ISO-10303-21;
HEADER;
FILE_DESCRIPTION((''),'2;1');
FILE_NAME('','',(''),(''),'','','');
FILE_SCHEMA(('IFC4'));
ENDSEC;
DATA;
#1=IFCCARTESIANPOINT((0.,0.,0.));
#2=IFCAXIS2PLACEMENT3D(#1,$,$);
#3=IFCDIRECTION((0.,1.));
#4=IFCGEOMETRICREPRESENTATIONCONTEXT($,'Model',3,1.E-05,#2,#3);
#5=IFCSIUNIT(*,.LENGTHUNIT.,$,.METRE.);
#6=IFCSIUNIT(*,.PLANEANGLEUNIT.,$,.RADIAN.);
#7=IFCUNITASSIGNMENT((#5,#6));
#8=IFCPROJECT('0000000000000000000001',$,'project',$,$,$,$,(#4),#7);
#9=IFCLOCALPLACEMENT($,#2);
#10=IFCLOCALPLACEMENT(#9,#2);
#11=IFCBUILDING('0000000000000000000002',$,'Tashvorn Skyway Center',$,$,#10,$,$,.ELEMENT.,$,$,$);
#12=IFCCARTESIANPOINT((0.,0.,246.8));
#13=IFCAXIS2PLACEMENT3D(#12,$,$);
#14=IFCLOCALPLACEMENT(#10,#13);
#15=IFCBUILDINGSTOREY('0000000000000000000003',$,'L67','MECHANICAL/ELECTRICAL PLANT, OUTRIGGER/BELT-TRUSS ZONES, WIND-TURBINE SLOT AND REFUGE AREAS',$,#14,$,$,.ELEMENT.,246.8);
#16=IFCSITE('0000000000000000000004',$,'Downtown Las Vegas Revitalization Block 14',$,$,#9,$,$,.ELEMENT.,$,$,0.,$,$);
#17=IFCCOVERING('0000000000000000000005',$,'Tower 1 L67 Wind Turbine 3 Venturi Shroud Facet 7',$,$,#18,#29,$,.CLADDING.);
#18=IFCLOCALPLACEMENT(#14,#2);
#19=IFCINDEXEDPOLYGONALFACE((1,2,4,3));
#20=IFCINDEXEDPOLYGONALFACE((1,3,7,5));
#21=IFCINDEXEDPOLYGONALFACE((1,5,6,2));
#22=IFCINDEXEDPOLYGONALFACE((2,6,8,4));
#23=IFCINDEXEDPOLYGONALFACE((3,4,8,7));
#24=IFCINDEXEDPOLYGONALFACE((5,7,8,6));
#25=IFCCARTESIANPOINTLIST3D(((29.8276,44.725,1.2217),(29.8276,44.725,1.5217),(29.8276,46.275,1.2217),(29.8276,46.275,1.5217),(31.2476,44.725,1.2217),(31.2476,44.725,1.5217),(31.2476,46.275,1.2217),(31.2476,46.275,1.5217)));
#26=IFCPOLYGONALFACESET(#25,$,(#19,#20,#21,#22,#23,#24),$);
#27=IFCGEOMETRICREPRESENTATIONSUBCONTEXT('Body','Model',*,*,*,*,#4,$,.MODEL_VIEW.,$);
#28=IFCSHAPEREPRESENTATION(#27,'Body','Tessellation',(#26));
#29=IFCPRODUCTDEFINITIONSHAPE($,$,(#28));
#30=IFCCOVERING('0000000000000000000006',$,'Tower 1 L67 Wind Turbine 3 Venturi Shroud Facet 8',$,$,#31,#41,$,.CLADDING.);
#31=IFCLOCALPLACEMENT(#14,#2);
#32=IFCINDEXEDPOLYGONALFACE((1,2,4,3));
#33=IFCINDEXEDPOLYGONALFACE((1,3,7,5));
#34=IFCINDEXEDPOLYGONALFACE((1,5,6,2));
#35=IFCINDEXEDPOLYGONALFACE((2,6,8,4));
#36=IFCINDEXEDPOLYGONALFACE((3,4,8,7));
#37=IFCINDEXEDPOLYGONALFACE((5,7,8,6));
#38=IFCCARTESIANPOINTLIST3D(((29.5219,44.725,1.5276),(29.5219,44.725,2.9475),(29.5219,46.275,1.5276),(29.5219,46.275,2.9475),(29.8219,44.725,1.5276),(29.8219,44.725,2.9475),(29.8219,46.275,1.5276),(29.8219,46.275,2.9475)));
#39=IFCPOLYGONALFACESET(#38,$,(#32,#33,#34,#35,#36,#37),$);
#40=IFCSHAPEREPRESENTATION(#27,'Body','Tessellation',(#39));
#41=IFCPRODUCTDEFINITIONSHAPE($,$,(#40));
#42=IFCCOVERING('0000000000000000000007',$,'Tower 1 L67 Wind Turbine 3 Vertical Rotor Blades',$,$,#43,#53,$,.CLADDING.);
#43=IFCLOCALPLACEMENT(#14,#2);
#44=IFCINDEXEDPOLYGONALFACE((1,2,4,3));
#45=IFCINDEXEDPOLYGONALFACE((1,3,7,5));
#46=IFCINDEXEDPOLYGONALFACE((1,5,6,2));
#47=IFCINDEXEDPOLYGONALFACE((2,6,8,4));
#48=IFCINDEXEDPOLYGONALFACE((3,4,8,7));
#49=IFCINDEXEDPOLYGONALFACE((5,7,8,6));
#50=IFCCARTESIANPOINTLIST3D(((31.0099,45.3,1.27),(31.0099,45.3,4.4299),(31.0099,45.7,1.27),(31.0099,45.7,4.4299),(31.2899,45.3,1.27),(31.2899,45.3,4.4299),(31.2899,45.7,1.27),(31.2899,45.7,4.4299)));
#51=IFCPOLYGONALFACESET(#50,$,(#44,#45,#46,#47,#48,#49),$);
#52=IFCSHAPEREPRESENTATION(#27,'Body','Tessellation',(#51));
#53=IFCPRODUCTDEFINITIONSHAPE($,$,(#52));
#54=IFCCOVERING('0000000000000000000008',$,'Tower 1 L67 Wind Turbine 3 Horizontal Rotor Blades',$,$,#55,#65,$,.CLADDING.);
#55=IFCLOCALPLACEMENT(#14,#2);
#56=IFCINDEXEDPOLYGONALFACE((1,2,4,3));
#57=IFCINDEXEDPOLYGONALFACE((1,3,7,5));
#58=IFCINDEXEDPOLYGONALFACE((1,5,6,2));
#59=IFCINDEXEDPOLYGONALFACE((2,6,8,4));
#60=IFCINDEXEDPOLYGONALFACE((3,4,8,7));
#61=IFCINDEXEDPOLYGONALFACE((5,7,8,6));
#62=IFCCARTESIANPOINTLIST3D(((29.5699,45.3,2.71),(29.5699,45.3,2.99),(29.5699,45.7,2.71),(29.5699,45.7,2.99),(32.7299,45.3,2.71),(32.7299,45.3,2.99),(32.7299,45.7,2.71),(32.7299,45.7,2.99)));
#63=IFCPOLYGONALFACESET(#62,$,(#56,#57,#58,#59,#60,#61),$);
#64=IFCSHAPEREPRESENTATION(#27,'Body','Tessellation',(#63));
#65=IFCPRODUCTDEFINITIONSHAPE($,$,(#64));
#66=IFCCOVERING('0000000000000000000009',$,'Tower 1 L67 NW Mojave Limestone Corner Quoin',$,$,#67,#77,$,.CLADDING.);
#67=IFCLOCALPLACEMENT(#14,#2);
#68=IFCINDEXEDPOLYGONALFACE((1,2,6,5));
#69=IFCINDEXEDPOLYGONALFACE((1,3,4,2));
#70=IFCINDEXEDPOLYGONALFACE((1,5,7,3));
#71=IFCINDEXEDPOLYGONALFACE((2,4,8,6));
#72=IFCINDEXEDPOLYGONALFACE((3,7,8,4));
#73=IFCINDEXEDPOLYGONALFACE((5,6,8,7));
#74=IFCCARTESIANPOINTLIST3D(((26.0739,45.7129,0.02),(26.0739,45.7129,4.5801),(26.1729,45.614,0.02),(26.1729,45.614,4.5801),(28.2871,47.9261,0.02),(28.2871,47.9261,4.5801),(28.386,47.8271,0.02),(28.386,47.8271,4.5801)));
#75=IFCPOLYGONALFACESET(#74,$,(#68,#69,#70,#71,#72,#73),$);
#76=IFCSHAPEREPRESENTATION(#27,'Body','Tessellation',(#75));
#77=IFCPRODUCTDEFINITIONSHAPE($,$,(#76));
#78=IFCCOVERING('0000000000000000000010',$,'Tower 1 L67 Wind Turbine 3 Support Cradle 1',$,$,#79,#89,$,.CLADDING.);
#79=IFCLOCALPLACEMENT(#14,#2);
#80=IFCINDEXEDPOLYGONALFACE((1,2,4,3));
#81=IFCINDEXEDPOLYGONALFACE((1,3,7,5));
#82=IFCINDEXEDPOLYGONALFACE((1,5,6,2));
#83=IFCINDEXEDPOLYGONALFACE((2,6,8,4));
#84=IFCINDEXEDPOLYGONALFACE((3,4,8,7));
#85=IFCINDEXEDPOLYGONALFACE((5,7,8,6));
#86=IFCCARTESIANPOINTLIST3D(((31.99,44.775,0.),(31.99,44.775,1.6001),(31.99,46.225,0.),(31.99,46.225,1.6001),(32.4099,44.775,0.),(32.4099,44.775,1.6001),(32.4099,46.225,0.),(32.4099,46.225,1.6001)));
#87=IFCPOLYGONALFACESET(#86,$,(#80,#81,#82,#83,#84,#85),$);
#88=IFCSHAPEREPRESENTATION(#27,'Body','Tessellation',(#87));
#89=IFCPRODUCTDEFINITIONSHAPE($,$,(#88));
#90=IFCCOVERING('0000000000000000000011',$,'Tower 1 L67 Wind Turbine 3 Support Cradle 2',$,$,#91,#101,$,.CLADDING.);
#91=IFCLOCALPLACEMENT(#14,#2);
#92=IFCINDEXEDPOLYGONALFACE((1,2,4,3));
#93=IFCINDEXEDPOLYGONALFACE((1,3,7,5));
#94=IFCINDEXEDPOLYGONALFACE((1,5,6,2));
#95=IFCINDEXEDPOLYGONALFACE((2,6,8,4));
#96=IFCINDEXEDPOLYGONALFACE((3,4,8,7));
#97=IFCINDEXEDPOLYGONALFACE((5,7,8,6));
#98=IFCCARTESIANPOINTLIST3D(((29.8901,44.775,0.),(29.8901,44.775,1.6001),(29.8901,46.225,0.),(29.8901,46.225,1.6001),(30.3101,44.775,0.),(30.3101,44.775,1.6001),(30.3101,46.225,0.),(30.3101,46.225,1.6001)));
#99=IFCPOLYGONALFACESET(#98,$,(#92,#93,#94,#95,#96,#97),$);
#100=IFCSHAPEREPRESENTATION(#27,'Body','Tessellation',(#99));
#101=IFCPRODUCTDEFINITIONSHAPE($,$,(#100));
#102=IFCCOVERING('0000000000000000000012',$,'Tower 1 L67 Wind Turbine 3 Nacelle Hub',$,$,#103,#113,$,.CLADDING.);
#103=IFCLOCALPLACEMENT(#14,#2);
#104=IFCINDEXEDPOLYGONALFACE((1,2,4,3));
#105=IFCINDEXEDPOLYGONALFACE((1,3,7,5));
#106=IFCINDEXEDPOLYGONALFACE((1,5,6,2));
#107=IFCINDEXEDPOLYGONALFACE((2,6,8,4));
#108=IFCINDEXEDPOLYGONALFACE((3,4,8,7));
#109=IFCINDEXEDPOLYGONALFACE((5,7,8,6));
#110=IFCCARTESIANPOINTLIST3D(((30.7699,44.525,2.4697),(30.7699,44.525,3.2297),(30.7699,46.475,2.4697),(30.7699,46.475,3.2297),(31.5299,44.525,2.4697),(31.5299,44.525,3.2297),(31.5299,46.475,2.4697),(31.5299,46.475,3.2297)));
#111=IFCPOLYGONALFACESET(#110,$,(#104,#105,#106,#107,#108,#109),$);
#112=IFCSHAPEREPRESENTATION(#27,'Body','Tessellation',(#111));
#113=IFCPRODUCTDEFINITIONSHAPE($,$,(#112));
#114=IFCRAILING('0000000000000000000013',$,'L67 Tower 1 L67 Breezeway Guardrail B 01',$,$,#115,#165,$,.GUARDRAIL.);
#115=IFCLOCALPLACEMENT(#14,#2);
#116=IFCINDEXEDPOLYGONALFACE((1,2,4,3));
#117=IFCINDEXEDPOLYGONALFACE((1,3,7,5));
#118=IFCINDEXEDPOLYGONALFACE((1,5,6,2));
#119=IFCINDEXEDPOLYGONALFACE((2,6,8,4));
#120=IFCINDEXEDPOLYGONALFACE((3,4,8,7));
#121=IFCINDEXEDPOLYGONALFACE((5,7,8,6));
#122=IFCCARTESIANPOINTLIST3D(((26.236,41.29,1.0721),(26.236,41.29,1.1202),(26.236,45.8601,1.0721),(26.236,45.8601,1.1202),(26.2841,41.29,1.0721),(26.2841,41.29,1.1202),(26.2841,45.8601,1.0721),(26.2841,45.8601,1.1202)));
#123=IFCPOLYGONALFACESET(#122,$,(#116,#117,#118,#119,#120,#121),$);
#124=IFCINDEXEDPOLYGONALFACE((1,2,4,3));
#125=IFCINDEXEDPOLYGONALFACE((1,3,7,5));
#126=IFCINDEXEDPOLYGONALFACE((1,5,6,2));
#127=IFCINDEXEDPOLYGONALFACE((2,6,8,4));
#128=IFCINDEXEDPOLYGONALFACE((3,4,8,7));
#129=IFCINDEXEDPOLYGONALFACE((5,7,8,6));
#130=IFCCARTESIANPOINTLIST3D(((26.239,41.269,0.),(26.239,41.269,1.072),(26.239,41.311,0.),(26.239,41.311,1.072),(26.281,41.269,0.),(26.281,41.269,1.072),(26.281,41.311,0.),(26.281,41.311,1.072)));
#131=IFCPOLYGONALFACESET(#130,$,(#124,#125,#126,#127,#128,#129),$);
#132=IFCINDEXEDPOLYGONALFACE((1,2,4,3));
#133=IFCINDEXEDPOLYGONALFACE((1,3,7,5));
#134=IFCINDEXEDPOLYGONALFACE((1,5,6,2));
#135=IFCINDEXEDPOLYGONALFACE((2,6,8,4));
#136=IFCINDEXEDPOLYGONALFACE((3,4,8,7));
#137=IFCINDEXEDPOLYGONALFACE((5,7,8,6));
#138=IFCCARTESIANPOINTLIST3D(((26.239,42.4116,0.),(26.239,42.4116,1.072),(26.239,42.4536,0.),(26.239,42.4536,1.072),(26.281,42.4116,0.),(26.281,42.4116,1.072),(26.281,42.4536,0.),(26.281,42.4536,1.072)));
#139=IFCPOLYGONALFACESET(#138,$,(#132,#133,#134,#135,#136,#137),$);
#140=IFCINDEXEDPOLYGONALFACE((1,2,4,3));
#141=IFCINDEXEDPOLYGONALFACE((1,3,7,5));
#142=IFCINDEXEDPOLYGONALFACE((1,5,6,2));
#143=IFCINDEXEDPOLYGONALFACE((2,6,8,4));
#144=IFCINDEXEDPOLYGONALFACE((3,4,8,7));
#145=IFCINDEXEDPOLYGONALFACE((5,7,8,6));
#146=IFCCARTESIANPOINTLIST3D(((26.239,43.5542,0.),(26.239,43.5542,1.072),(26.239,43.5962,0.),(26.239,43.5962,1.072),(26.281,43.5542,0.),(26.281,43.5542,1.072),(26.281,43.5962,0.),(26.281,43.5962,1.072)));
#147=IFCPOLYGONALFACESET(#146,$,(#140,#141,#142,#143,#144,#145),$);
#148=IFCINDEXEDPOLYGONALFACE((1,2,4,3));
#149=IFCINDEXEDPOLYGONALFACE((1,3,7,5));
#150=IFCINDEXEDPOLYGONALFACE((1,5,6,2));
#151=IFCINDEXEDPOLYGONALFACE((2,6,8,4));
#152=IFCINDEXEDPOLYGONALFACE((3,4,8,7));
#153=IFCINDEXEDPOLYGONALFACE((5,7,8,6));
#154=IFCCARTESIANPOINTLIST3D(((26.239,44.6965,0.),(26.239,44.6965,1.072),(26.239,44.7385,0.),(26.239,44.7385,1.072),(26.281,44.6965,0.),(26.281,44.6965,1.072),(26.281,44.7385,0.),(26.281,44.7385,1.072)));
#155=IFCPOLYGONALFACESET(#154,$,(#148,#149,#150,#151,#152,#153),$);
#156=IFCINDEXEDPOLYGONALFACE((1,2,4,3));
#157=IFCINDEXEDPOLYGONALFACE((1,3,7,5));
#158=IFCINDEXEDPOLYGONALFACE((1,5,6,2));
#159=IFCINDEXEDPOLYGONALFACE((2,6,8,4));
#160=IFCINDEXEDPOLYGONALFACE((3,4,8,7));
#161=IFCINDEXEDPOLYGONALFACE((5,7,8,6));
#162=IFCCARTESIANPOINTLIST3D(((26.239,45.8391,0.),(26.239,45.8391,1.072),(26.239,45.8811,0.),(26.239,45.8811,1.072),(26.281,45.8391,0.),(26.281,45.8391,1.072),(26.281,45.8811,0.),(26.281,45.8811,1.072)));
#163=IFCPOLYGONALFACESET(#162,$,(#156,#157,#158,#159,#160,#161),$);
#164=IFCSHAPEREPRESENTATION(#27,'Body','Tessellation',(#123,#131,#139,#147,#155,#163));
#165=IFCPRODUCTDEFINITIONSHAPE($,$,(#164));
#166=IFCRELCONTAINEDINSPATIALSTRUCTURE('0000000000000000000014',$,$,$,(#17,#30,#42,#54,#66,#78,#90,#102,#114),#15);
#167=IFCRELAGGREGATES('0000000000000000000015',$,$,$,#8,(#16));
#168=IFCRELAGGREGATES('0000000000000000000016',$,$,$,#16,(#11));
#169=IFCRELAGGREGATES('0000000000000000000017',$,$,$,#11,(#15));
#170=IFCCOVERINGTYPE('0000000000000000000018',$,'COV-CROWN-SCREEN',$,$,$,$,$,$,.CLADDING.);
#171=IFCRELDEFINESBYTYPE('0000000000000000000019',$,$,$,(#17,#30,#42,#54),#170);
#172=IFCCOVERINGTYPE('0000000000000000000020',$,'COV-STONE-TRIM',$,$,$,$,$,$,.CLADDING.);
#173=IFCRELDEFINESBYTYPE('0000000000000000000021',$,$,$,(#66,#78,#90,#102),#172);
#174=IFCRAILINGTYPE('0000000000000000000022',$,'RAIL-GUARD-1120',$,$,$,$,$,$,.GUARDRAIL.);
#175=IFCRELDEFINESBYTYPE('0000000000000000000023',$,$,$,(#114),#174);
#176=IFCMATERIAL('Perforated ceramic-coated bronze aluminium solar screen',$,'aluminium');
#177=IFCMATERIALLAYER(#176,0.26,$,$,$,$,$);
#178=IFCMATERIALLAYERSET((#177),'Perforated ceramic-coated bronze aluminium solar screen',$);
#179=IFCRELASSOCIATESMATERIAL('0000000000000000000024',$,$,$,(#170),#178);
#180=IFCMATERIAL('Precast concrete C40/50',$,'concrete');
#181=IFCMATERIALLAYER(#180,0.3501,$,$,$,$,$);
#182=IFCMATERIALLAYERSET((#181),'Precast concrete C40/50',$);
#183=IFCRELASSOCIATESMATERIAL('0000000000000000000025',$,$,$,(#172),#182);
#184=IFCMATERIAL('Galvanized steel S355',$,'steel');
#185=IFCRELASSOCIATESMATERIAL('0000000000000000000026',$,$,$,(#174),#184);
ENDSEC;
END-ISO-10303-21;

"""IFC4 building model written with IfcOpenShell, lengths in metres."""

from ifc_helpers import new_model, si_unit, direction, frame, origin, origin_2d, place, context, subcontext, project, spatial, rectangle, extrude, material, layer, layer_set, type_object, element, save


model = new_model("IFC4")

# Units and contexts
model_context = context("Model", 3, precision=1e-05, world=origin(), true_north=direction((0.0, 1.0)))
body_context = subcontext(model_context, "Body", "Model", "MODEL_VIEW")
ifc_project = project(units=[si_unit("LENGTHUNIT", "METRE"), si_unit("PLANEANGLEUNIT", "RADIAN")], contexts=[model_context])

# Site, building, storey
site_placement = place(None, origin())
site = spatial("IfcSite", under=ifc_project, at=site_placement, Name="Downtown Las Vegas Revitalization Block 14", CompositionType="ELEMENT", RefElevation=0.0)
building_placement = place(site_placement, origin())
building = spatial("IfcBuilding", under=site, at=building_placement, Name="Tashvorn Skyway Center", CompositionType="ELEMENT")
storey_placement = place(building_placement, frame((0.0, 0.0, 246.8)))
storey = spatial("IfcBuildingStorey", under=building, at=storey_placement, Name="L67", Description="MECHANICAL/ELECTRICAL PLANT, OUTRIGGER/BELT-TRUSS ZONES, WIND-TURBINE SLOT AND REFUGE AREAS", CompositionType="ELEMENT", Elevation=246.8)

# Shared definitions
ifc_material_1 = material(Name="Precast concrete C40/50", Category="concrete")

# Coverings
ifc_material_2 = material(Name="Perforated ceramic-coated bronze aluminium solar screen", Category="aluminium")
ifc_layer_1 = layer(ifc_material_2, 0.26)
ifc_layer_set_1 = layer_set([ifc_layer_1], Name="Perforated ceramic-coated bronze aluminium solar screen")
covering_type_1 = type_object("IfcCoveringType", Name="COV-CROWN-SCREEN", PredefinedType="CLADDING", material=ifc_layer_set_1)
for number, where, z_axis, x_axis, name in (
    (1, (30.5376, 45.5, 1.2217), (0.0, 0.0, 1.0), (-1.0, 0.0, 0.0), "Tower 1 L67 Wind Turbine 3 Venturi Shroud Facet 7"),
):
    element("IfcCovering", number, at=place(storey_placement, frame(where, z_axis=z_axis, x_axis=x_axis)), inside=storey, type_object=covering_type_1, Name=name, PredefinedType="CLADDING", context=body_context, shape_type="SweptSolid", body=[
        extrude(rectangle(XDim=1.4199, YDim=1.55, at=origin_2d()), origin(), (0.0, 0.0, 1.0), 0.3),
    ])
covering_1_placement = place(storey_placement, frame((29.6719, 45.5, 1.5276), z_axis=(0.0, 0.0, 1.0), x_axis=(-1.0, 0.0, 0.0)))
element("IfcCovering", 2, at=covering_1_placement, inside=storey, type_object=covering_type_1, Name="Tower 1 L67 Wind Turbine 3 Venturi Shroud Facet 8", PredefinedType="CLADDING", context=body_context, shape_type="SweptSolid", body=[
    extrude(rectangle(XDim=0.3, YDim=1.55, at=origin_2d()), origin(), (0.0, 0.0, 1.0), 1.4199),
])
covering_2_placement = place(storey_placement, frame((31.1499, 45.5, 1.27), z_axis=(0.0, 0.0, 1.0), x_axis=(-1.0, 0.0, 0.0)))
element("IfcCovering", 3, at=covering_2_placement, inside=storey, type_object=covering_type_1, Name="Tower 1 L67 Wind Turbine 3 Vertical Rotor Blades", PredefinedType="CLADDING", context=body_context, shape_type="SweptSolid", body=[
    extrude(rectangle(XDim=0.28, YDim=0.3999, at=origin_2d()), origin(), (0.0, 0.0, 1.0), 3.1599),
])
covering_3_placement = place(storey_placement, frame((31.1499, 45.5, 2.71), z_axis=(0.0, 0.0, 1.0), x_axis=(-1.0, 0.0, 0.0)))
element("IfcCovering", 4, at=covering_3_placement, inside=storey, type_object=covering_type_1, Name="Tower 1 L67 Wind Turbine 3 Horizontal Rotor Blades", PredefinedType="CLADDING", context=body_context, shape_type="SweptSolid", body=[
    extrude(rectangle(XDim=3.1599, YDim=0.3999, at=origin_2d()), origin(), (0.0, 0.0, 1.0), 0.28),
])
ifc_layer_2 = layer(ifc_material_1, 0.3501)
ifc_layer_set_2 = layer_set([ifc_layer_2], Name="Precast concrete C40/50")
covering_type_2 = type_object("IfcCoveringType", Name="COV-STONE-TRIM", PredefinedType="CLADDING", material=ifc_layer_set_2)
covering_4_placement = place(storey_placement, frame((27.23, 46.77, 0.02), z_axis=(0.0, 0.0, 1.0), x_axis=(-0.707107, -0.707107, 0.0)))
element("IfcCovering", 5, at=covering_4_placement, inside=storey, type_object=covering_type_2, Name="Tower 1 L67 NW Mojave Limestone Corner Quoin", PredefinedType="CLADDING", context=body_context, shape_type="SweptSolid", body=[
    extrude(rectangle(XDim=3.1299, YDim=0.1399, at=origin_2d()), origin(), (0.0, 0.0, 1.0), 4.5601),
])
for number, where, z_axis, x_axis, name in (
    (6, (32.2, 45.5, 0.0), (0.0, 0.0, 1.0), (-1.0, 0.0, 0.0), "Tower 1 L67 Wind Turbine 3 Support Cradle 1"),
    (7, (30.1001, 45.5, 0.0), (0.0, 0.0, 1.0), (-1.0, 0.0, 0.0), "Tower 1 L67 Wind Turbine 3 Support Cradle 2"),
):
    element("IfcCovering", number, at=place(storey_placement, frame(where, z_axis=z_axis, x_axis=x_axis)), inside=storey, type_object=covering_type_2, Name=name, PredefinedType="CLADDING", context=body_context, shape_type="SweptSolid", body=[
        extrude(rectangle(XDim=0.4199, YDim=1.45, at=origin_2d()), origin(), (0.0, 0.0, 1.0), 1.6001),
    ])
covering_5_placement = place(storey_placement, frame((31.1499, 45.5, 2.4697), z_axis=(0.0, 0.0, 1.0), x_axis=(-1.0, 0.0, 0.0)))
element("IfcCovering", 8, at=covering_5_placement, inside=storey, type_object=covering_type_2, Name="Tower 1 L67 Wind Turbine 3 Nacelle Hub", PredefinedType="CLADDING", context=body_context, shape_type="SweptSolid", body=[
    extrude(rectangle(XDim=0.76, YDim=1.95, at=origin_2d()), origin(), (0.0, 0.0, 1.0), 0.76),
])

# Railing
ifc_material_3 = material(Name="Galvanized steel S355", Category="steel")
railing_type = type_object("IfcRailingType", Name="RAIL-GUARD-1120", PredefinedType="GUARDRAIL", material=ifc_material_3)
railing_1_placement = place(storey_placement, frame((26.26, 41.29, 0.0)))
element("IfcRailing", 9, at=railing_1_placement, inside=storey, type_object=railing_type, Name="L67 Tower 1 L67 Breezeway Guardrail B 01", PredefinedType="GUARDRAIL", context=body_context, shape_type="SweptSolid", body=[
    extrude(rectangle(XDim=0.0481, YDim=0.0481, at=origin_2d()), frame((0.0, 0.0, 1.0962), z_axis=(0.0, 1.0, 0.0), x_axis=(-1.0, 0.0, 0.0)), (0.0, 0.0, 1.0), 4.5701),
    extrude(rectangle(XDim=0.042, YDim=0.042, at=origin_2d()), origin(), (0.0, 0.0, 1.0), 1.072),
    extrude(rectangle(XDim=0.042, YDim=0.042, at=origin_2d()), frame((0.0, 1.1426, 0.0)), (0.0, 0.0, 1.0), 1.072),
    extrude(rectangle(XDim=0.042, YDim=0.042, at=origin_2d()), frame((0.0, 2.2852, 0.0)), (0.0, 0.0, 1.0), 1.072),
    extrude(rectangle(XDim=0.042, YDim=0.042, at=origin_2d()), frame((0.0, 3.4275, 0.0)), (0.0, 0.0, 1.0), 1.072),
    extrude(rectangle(XDim=0.042, YDim=0.042, at=origin_2d()), frame((0.0, 4.5701, 0.0)), (0.0, 0.0, 1.0), 1.072),
])

save(model, "model.ifc")
